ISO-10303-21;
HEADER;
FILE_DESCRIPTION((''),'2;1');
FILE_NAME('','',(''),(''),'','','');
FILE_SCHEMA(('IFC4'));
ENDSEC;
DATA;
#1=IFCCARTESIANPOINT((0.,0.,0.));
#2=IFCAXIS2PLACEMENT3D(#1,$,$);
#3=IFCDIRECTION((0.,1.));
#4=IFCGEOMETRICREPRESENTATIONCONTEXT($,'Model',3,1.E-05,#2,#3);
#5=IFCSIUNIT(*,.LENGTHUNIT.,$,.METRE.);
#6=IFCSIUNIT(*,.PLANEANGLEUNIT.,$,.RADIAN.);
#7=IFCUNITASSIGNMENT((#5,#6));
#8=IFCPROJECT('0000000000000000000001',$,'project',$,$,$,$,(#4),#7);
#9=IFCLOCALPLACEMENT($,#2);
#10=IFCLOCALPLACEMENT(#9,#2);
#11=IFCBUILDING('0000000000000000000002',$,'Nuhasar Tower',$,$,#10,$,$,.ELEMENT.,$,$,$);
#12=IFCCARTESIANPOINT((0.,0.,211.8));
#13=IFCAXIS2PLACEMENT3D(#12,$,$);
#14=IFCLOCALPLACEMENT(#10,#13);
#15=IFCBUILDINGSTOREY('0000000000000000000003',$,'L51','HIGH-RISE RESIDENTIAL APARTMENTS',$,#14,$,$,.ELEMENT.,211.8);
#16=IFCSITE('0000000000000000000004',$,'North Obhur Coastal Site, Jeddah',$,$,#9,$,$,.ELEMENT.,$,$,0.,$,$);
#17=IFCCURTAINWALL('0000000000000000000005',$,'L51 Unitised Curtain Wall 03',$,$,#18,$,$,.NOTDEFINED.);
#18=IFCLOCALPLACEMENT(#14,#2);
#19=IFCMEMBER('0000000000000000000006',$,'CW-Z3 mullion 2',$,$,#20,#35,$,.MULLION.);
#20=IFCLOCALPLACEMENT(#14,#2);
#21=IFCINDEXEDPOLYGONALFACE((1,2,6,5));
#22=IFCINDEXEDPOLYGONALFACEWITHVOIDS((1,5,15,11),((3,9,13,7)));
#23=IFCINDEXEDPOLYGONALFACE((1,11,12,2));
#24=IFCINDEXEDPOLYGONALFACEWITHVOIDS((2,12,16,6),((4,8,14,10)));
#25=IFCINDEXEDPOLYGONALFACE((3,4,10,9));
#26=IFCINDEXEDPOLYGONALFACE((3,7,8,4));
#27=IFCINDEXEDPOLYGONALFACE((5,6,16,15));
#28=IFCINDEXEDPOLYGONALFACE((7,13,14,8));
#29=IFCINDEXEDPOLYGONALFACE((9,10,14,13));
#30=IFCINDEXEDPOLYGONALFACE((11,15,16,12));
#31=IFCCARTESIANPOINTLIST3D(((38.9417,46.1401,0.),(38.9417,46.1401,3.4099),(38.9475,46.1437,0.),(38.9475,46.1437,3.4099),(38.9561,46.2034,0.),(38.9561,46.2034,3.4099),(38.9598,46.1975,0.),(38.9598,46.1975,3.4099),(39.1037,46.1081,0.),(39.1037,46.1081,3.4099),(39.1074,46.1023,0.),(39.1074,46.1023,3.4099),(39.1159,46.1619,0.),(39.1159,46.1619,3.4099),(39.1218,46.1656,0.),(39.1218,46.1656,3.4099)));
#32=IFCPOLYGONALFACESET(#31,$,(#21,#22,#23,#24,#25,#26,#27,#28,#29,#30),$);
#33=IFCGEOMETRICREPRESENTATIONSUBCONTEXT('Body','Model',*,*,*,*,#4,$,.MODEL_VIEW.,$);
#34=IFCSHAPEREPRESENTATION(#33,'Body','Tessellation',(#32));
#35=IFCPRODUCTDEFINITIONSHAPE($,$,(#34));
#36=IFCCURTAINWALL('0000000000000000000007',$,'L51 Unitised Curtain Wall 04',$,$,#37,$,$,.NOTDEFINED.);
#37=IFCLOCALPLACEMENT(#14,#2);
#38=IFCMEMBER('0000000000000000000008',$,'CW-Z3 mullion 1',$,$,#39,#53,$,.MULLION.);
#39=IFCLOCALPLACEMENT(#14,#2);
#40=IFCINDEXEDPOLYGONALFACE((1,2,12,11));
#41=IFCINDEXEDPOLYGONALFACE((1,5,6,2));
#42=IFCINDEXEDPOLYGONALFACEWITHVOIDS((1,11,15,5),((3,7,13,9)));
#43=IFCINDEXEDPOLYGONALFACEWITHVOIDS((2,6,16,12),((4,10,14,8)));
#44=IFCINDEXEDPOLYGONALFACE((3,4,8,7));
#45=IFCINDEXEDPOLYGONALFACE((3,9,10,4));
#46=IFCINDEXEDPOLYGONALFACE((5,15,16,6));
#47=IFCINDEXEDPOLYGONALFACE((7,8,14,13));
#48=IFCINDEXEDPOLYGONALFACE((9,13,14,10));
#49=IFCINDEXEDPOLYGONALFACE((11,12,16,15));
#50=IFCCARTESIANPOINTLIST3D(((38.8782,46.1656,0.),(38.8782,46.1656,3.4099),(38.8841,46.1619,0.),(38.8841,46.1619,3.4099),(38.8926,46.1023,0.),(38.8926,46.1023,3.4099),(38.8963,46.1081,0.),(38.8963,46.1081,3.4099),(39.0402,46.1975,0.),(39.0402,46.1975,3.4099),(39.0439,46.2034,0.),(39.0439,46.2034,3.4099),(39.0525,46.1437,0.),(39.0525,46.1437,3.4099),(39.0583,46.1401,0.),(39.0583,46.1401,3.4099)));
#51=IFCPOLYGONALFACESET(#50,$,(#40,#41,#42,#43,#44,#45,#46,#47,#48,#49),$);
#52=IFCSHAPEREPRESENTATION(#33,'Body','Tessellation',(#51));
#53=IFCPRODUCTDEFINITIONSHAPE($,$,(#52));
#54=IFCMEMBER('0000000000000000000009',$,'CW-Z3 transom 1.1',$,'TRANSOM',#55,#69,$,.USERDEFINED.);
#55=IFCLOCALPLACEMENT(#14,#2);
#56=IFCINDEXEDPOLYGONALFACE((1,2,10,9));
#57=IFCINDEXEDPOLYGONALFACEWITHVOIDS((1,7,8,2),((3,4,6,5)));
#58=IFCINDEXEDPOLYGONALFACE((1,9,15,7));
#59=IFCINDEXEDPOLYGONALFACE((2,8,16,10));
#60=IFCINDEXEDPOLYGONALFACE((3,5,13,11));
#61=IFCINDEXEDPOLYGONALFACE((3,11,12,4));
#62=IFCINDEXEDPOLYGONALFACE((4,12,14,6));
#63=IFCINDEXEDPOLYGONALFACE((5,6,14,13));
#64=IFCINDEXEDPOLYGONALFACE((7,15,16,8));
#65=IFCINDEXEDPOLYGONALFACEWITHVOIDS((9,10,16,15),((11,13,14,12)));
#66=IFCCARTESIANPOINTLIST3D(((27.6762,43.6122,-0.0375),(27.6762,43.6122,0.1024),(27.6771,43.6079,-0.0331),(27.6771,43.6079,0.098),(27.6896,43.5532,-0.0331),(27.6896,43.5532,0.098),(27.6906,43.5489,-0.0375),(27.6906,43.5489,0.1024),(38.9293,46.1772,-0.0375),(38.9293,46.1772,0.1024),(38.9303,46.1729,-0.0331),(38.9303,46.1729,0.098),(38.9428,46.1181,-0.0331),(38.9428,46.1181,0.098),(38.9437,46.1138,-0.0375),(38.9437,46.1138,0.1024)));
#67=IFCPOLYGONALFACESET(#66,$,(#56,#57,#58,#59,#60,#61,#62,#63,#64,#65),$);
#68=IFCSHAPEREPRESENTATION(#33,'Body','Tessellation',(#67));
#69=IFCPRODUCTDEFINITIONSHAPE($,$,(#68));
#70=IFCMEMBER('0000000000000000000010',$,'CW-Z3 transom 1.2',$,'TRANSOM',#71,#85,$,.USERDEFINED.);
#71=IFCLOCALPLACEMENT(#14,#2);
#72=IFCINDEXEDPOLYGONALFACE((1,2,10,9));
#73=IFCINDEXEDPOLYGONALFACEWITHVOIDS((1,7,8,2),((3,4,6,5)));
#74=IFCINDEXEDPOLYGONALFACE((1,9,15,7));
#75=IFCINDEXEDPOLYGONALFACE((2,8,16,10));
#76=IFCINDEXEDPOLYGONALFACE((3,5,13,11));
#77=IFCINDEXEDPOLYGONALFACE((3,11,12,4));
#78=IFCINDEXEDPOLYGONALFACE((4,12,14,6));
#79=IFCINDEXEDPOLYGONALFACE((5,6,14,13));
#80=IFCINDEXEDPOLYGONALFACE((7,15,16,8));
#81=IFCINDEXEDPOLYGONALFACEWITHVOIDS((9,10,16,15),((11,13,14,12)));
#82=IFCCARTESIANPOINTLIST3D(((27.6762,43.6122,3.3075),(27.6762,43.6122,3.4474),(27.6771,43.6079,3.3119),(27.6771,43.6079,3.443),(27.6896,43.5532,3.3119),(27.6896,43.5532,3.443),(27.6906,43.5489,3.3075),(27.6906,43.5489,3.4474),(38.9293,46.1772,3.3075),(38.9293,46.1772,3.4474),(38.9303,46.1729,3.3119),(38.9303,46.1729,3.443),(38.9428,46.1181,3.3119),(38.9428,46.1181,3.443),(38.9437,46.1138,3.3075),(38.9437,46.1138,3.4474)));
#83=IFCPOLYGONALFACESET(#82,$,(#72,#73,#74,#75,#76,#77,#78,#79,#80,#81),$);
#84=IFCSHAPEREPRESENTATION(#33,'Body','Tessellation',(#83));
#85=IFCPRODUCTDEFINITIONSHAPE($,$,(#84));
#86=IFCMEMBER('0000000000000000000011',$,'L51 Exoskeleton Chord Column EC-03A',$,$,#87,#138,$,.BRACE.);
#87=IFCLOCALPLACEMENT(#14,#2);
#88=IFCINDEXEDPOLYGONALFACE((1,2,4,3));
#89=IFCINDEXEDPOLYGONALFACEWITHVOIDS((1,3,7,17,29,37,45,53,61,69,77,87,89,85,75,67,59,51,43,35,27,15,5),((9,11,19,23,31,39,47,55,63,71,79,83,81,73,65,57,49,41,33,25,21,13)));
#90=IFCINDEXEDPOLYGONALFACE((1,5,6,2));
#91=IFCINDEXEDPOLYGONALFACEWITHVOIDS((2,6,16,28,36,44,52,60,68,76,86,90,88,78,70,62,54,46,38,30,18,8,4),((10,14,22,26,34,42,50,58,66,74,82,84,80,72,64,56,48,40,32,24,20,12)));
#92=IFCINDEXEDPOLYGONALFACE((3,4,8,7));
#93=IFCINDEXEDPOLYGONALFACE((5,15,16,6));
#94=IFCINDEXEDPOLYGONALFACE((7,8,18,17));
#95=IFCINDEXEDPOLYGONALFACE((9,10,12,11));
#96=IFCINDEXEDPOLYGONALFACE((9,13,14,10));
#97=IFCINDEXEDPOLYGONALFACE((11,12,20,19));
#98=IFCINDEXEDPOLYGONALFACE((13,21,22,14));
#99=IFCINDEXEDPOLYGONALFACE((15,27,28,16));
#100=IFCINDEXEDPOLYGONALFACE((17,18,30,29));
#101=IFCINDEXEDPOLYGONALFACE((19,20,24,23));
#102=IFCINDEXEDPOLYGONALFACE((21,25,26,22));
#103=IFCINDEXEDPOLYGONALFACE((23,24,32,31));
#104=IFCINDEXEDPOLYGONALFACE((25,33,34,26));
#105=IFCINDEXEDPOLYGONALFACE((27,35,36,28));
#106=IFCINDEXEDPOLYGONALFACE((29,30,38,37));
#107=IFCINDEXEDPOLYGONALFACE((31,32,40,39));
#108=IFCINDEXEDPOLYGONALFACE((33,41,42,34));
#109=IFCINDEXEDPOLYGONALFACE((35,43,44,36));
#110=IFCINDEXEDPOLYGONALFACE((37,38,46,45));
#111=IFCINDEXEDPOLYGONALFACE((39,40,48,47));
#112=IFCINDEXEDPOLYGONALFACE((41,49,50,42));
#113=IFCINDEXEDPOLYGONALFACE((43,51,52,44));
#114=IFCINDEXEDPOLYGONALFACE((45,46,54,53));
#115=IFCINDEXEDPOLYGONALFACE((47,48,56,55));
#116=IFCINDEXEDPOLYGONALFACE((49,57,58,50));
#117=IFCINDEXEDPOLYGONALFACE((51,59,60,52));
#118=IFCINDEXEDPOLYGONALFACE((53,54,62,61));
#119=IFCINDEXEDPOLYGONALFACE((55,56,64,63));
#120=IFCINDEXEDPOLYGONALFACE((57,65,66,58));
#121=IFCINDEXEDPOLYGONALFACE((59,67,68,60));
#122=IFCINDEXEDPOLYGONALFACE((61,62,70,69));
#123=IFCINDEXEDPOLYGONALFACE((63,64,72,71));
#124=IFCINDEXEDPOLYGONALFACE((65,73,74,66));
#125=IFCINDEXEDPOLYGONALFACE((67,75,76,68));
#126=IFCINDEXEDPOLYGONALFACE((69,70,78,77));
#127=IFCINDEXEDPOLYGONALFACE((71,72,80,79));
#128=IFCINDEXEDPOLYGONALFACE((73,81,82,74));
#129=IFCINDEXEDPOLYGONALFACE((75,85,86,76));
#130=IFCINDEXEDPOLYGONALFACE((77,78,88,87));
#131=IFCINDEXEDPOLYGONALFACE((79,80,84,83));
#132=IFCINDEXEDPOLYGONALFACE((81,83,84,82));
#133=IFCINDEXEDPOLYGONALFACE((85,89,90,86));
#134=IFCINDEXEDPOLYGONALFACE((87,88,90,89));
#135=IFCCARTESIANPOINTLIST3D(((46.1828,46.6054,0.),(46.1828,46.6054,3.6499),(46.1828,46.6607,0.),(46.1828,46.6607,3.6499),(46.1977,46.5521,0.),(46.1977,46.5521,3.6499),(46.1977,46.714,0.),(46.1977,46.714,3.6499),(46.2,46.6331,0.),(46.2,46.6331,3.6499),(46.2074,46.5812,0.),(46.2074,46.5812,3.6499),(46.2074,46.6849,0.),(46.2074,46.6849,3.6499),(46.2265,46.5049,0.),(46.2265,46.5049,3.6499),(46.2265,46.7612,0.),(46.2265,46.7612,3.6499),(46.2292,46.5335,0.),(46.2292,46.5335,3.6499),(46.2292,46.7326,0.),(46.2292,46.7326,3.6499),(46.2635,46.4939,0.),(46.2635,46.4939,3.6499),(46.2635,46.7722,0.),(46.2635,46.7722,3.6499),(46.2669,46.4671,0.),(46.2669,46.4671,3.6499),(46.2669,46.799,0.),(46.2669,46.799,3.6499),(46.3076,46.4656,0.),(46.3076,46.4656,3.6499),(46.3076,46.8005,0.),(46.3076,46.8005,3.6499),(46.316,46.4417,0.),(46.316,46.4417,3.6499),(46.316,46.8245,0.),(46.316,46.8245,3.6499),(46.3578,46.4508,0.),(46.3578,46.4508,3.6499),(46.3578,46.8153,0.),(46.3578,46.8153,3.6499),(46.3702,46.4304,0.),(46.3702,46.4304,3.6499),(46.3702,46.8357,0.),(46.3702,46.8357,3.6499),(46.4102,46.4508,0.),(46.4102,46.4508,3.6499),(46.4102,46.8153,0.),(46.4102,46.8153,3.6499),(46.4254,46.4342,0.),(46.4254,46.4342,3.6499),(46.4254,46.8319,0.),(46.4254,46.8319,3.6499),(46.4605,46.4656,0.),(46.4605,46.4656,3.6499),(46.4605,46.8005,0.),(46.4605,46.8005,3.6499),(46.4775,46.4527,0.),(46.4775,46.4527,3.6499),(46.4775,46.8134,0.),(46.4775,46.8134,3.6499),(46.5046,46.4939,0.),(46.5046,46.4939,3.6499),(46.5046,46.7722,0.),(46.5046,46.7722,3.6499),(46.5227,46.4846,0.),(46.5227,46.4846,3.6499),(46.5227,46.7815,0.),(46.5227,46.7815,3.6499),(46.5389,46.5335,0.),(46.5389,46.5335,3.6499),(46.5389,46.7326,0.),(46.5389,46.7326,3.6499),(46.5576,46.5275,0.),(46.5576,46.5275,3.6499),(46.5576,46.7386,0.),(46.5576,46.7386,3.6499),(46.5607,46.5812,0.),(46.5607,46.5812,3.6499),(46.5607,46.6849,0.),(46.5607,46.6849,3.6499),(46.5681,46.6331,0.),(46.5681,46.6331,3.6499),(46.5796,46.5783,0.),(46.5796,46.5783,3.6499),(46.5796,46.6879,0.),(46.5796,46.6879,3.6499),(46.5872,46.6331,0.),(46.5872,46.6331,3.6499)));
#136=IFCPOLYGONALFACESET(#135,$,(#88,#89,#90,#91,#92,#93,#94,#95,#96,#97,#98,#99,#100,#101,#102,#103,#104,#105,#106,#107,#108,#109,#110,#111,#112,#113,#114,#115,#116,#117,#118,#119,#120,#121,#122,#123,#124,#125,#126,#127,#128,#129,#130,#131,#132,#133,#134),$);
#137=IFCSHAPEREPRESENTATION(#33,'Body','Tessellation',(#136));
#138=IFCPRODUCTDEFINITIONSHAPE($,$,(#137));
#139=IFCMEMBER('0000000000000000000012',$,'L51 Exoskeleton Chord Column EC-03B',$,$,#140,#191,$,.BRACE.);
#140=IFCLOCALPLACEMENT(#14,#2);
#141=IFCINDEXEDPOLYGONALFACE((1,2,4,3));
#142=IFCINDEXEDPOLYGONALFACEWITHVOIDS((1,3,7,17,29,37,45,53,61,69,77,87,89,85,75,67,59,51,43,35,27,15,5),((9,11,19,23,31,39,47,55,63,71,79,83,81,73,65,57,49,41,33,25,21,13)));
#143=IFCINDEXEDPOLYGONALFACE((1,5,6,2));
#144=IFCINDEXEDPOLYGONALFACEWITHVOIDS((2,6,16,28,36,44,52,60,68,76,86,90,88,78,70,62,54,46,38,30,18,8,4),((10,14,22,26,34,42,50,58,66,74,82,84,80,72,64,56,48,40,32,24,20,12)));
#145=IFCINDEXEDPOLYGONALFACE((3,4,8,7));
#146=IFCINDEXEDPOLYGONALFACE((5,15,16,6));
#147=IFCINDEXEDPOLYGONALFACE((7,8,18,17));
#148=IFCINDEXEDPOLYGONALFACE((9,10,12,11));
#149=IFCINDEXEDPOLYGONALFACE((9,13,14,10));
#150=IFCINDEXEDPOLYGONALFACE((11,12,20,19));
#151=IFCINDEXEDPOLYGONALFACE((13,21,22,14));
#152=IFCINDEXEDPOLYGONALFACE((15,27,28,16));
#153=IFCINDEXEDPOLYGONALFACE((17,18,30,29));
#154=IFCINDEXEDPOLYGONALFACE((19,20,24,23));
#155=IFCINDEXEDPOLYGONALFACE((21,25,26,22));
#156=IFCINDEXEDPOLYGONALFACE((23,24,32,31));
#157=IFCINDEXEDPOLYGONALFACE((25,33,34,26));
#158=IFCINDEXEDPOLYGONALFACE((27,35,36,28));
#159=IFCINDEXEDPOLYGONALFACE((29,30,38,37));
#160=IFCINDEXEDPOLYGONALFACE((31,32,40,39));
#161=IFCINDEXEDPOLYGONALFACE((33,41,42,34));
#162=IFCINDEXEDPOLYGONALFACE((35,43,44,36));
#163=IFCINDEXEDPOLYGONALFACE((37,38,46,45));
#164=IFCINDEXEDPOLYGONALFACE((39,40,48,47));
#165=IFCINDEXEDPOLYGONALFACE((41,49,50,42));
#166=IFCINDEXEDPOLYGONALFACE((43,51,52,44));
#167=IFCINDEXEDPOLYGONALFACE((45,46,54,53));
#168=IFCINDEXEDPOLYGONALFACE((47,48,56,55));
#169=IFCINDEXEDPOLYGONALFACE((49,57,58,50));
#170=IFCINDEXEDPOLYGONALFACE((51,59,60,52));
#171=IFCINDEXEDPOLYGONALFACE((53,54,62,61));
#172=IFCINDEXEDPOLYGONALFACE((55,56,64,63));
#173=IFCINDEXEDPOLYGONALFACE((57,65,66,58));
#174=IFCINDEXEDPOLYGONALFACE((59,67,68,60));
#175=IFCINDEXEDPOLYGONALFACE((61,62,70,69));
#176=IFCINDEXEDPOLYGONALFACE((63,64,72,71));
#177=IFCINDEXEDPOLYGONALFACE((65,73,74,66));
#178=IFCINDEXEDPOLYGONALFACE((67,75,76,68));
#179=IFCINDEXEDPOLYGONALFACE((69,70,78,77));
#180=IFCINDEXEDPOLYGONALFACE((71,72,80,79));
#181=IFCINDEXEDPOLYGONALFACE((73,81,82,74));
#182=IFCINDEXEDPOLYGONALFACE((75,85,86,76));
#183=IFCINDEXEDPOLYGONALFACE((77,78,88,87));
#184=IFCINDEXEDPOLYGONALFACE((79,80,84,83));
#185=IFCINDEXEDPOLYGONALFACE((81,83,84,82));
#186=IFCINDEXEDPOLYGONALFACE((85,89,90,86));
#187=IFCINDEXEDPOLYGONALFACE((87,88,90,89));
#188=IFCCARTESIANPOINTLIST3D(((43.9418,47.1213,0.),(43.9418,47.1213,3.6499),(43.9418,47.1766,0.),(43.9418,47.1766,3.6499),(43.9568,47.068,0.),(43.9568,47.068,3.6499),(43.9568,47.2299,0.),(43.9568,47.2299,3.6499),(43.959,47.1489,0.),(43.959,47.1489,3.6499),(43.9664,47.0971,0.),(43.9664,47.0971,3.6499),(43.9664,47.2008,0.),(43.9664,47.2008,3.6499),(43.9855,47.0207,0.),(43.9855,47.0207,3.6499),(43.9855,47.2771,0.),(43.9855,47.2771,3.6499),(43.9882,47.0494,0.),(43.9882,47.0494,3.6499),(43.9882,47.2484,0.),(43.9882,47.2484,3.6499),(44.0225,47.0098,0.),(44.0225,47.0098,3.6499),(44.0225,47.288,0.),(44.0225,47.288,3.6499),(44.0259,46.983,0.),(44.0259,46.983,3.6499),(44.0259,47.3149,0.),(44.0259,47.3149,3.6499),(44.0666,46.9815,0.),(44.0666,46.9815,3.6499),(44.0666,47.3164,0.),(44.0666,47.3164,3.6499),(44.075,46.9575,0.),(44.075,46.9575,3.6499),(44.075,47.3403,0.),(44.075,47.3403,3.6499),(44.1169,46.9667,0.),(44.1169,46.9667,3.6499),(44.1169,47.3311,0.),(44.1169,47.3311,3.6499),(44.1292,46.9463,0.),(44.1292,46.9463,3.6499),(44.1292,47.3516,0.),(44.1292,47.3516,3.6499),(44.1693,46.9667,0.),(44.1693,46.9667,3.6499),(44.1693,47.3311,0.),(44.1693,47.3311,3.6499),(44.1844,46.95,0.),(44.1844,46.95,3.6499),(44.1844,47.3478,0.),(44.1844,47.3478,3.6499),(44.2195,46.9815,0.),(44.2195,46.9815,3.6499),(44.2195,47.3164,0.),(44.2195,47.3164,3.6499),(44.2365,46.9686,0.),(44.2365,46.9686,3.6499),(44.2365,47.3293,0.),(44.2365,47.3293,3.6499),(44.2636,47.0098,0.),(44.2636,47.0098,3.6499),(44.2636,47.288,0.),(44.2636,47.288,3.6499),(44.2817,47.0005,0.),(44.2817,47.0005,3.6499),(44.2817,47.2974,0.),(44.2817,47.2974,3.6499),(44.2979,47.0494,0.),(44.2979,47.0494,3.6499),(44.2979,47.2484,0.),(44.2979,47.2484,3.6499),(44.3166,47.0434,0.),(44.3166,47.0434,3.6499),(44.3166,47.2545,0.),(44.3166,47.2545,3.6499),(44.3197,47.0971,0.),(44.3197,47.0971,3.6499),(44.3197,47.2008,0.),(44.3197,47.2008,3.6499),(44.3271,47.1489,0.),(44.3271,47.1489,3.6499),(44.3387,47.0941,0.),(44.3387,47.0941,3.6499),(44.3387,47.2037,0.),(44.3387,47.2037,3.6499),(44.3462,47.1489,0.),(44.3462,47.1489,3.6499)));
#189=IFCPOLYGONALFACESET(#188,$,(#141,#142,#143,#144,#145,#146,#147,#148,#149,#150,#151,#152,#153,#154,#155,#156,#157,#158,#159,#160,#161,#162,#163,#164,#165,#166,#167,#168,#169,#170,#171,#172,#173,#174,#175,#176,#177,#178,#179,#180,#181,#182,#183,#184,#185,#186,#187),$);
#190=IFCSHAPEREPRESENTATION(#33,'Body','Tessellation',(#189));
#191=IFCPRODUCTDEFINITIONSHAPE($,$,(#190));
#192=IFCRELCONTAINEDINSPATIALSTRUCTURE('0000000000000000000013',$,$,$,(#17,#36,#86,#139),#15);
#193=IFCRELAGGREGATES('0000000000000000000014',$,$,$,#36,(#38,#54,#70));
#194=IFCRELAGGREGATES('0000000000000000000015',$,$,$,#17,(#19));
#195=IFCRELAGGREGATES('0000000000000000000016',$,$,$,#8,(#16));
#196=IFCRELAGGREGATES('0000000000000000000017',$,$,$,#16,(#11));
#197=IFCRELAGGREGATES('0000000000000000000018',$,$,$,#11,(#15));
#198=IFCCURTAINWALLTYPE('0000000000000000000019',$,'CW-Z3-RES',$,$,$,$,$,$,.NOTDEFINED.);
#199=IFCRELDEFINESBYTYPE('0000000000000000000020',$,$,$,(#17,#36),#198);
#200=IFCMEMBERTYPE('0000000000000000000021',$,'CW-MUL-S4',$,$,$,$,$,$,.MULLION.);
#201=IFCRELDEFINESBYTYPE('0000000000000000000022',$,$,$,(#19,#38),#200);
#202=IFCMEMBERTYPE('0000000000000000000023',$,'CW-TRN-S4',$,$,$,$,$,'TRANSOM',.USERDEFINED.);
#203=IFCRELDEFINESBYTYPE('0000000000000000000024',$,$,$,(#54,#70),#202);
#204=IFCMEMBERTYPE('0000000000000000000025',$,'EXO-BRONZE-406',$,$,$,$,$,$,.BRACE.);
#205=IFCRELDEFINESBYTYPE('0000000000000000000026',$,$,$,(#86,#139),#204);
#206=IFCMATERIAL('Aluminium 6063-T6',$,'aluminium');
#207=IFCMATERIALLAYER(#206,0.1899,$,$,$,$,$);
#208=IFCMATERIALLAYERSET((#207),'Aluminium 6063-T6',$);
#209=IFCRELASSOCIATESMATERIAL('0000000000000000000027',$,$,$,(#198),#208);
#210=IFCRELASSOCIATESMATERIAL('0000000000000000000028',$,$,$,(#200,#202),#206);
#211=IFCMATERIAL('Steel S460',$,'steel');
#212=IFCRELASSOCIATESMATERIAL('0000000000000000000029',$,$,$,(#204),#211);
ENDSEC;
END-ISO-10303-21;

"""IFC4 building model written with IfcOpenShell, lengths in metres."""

from ifc_helpers import new_model, si_unit, direction, frame, origin, origin_2d, place, context, subcontext, project, spatial, hollow_rectangle, hollow_circle, extrude, material, layer, layer_set, material_profile, profile_set, type_object, element, aggregate, save


model = new_model("IFC4")

# Units and contexts
model_context = context("Model", 3, precision=1e-05, world=origin(), true_north=direction((0.0, 1.0)))
body_context = subcontext(model_context, "Body", "Model", "MODEL_VIEW")
ifc_project = project(units=[si_unit("LENGTHUNIT", "METRE"), si_unit("PLANEANGLEUNIT", "RADIAN")], contexts=[model_context])

# Site, building, storey
site_placement = place(None, origin())
site = spatial("IfcSite", under=ifc_project, at=site_placement, Name="North Obhur Coastal Site, Jeddah", CompositionType="ELEMENT", RefElevation=0.0)
building_placement = place(site_placement, origin())
building = spatial("IfcBuilding", under=site, at=building_placement, Name="Nuhasar Tower", CompositionType="ELEMENT")
storey_placement = place(building_placement, frame((0.0, 0.0, 211.8)))
storey = spatial("IfcBuildingStorey", under=building, at=storey_placement, Name="L51", Description="HIGH-RISE RESIDENTIAL APARTMENTS", CompositionType="ELEMENT", Elevation=211.8)

# Curtain wall, member
ifc_material_1 = material(Name="Aluminium 6063-T6", Category="aluminium")
ifc_layer_1 = layer(ifc_material_1, 0.1899)
ifc_layer_set_1 = layer_set([ifc_layer_1], Name="Aluminium 6063-T6")
curtain_wall_type = type_object("IfcCurtainWallType", Name="CW-Z3-RES", PredefinedType="NOTDEFINED", material=ifc_layer_set_1)
curtain_wall_1_placement = place(storey_placement, origin())
curtain_wall_1 = element("IfcCurtainWall", 1, at=curtain_wall_1_placement, inside=storey, type_object=curtain_wall_type, Name="L51 Unitised Curtain Wall 03", PredefinedType="NOTDEFINED")
ifc_material_profile_1 = material_profile(ifc_material_1, hollow_rectangle(XDim=0.0649, YDim=0.1699, WallThickness=0.0049, at=origin_2d()), Name="CWM-4")
ifc_profile_set_1 = profile_set([ifc_material_profile_1], Name="Aluminium 6063-T6")
member_type_1 = type_object("IfcMemberType", Name="CW-MUL-S4", PredefinedType="MULLION", material=ifc_profile_set_1)
member_1_placement = place(storey_placement, frame((39.0317, 46.1528, 0.0), z_axis=(0.0, 0.0, 1.0), x_axis=(-0.222243, -0.974991, 0.0)))
member_1 = element("IfcMember", 2, at=member_1_placement, type_object=member_type_1, Name="CW-Z3 mullion 2", PredefinedType="MULLION", context=body_context, shape_type="SweptSolid", body=[
    extrude(hollow_rectangle(XDim=0.0649, YDim=0.1699, WallThickness=0.0049, at=origin_2d()), origin(), (0.0, 0.0, 1.0), 3.4099),
])

# Curtain wall, members
curtain_wall_2_placement = place(storey_placement, origin())
curtain_wall_2 = element("IfcCurtainWall", 3, at=curtain_wall_2_placement, inside=storey, type_object=curtain_wall_type, Name="L51 Unitised Curtain Wall 04", PredefinedType="NOTDEFINED")
member_2_placement = place(storey_placement, frame((38.9683, 46.1528, 0.0), z_axis=(0.0, 0.0, 1.0), x_axis=(0.222243, -0.974991, 0.0)))
member_2 = element("IfcMember", 4, at=member_2_placement, type_object=member_type_1, Name="CW-Z3 mullion 1", PredefinedType="MULLION", context=body_context, shape_type="SweptSolid", body=[
    extrude(hollow_rectangle(XDim=0.0649, YDim=0.1699, WallThickness=0.0049, at=origin_2d()), origin(), (0.0, 0.0, 1.0), 3.4099),
])
ifc_material_profile_2 = material_profile(ifc_material_1, hollow_rectangle(XDim=0.0649, YDim=0.1399, WallThickness=0.0044, at=origin_2d()), Name="CWT-4")
ifc_profile_set_2 = profile_set([ifc_material_profile_2], Name="Aluminium 6063-T6")
member_type_2 = type_object("IfcMemberType", Name="CW-TRN-S4", ElementType="TRANSOM", PredefinedType="USERDEFINED", material=ifc_profile_set_2)
member_3_placement = place(storey_placement, frame((38.9365, 46.1455, 0.0325), z_axis=(-0.974994, -0.222231, 0.0), x_axis=(0.222231, -0.974994, 0.0)))
member_3 = element("IfcMember", 5, at=member_3_placement, type_object=member_type_2, Name="CW-Z3 transom 1.1", ObjectType="TRANSOM", PredefinedType="USERDEFINED", context=body_context, shape_type="SweptSolid", body=[
    extrude(hollow_rectangle(XDim=0.0649, YDim=0.1399, WallThickness=0.0044, at=origin_2d()), origin(), (0.0, 0.0, 1.0), 11.5417),
])
member_4_placement = place(storey_placement, frame((38.9365, 46.1455, 3.3774), z_axis=(-0.974994, -0.222231, 0.0), x_axis=(0.222231, -0.974994, 0.0)))
member_4 = element("IfcMember", 6, at=member_4_placement, type_object=member_type_2, Name="CW-Z3 transom 1.2", ObjectType="TRANSOM", PredefinedType="USERDEFINED", context=body_context, shape_type="SweptSolid", body=[
    extrude(hollow_rectangle(XDim=0.0649, YDim=0.1399, WallThickness=0.0044, at=origin_2d()), origin(), (0.0, 0.0, 1.0), 11.5417),
])
aggregate(curtain_wall_2, [member_2, member_3, member_4])

# Members
ifc_material_2 = material(Name="Steel S460", Category="steel")
ifc_material_profile_3 = material_profile(ifc_material_2, hollow_circle(Radius=0.2031, WallThickness=0.019, at=origin_2d()), Name="HSS406.4X19.1")
ifc_profile_set_3 = profile_set([ifc_material_profile_3], Name="Steel S460")
member_type_3 = type_object("IfcMemberType", Name="EXO-BRONZE-406", PredefinedType="BRACE", material=ifc_profile_set_3)
for number, where, z_axis, x_axis, name in (
    (7, (46.384, 46.6331, 0.0), (0.0, 0.0, 1.0), (1.0, 0.0, 0.0), "L51 Exoskeleton Chord Column EC-03A"),
    (8, (44.1431, 47.1489, 0.0), (0.0, 0.0, 1.0), (1.0, 0.0, 0.0), "L51 Exoskeleton Chord Column EC-03B"),
):
    element("IfcMember", number, at=place(storey_placement, frame(where, z_axis=z_axis, x_axis=x_axis)), inside=storey, type_object=member_type_3, Name=name, PredefinedType="BRACE", context=body_context, shape_type="SweptSolid", body=[
        extrude(hollow_circle(Radius=0.2031, WallThickness=0.019, at=origin_2d()), origin(), (0.0, 0.0, 1.0), 3.6499),
    ])

aggregate(curtain_wall_1, [member_1])

save(model, "model.ifc")
